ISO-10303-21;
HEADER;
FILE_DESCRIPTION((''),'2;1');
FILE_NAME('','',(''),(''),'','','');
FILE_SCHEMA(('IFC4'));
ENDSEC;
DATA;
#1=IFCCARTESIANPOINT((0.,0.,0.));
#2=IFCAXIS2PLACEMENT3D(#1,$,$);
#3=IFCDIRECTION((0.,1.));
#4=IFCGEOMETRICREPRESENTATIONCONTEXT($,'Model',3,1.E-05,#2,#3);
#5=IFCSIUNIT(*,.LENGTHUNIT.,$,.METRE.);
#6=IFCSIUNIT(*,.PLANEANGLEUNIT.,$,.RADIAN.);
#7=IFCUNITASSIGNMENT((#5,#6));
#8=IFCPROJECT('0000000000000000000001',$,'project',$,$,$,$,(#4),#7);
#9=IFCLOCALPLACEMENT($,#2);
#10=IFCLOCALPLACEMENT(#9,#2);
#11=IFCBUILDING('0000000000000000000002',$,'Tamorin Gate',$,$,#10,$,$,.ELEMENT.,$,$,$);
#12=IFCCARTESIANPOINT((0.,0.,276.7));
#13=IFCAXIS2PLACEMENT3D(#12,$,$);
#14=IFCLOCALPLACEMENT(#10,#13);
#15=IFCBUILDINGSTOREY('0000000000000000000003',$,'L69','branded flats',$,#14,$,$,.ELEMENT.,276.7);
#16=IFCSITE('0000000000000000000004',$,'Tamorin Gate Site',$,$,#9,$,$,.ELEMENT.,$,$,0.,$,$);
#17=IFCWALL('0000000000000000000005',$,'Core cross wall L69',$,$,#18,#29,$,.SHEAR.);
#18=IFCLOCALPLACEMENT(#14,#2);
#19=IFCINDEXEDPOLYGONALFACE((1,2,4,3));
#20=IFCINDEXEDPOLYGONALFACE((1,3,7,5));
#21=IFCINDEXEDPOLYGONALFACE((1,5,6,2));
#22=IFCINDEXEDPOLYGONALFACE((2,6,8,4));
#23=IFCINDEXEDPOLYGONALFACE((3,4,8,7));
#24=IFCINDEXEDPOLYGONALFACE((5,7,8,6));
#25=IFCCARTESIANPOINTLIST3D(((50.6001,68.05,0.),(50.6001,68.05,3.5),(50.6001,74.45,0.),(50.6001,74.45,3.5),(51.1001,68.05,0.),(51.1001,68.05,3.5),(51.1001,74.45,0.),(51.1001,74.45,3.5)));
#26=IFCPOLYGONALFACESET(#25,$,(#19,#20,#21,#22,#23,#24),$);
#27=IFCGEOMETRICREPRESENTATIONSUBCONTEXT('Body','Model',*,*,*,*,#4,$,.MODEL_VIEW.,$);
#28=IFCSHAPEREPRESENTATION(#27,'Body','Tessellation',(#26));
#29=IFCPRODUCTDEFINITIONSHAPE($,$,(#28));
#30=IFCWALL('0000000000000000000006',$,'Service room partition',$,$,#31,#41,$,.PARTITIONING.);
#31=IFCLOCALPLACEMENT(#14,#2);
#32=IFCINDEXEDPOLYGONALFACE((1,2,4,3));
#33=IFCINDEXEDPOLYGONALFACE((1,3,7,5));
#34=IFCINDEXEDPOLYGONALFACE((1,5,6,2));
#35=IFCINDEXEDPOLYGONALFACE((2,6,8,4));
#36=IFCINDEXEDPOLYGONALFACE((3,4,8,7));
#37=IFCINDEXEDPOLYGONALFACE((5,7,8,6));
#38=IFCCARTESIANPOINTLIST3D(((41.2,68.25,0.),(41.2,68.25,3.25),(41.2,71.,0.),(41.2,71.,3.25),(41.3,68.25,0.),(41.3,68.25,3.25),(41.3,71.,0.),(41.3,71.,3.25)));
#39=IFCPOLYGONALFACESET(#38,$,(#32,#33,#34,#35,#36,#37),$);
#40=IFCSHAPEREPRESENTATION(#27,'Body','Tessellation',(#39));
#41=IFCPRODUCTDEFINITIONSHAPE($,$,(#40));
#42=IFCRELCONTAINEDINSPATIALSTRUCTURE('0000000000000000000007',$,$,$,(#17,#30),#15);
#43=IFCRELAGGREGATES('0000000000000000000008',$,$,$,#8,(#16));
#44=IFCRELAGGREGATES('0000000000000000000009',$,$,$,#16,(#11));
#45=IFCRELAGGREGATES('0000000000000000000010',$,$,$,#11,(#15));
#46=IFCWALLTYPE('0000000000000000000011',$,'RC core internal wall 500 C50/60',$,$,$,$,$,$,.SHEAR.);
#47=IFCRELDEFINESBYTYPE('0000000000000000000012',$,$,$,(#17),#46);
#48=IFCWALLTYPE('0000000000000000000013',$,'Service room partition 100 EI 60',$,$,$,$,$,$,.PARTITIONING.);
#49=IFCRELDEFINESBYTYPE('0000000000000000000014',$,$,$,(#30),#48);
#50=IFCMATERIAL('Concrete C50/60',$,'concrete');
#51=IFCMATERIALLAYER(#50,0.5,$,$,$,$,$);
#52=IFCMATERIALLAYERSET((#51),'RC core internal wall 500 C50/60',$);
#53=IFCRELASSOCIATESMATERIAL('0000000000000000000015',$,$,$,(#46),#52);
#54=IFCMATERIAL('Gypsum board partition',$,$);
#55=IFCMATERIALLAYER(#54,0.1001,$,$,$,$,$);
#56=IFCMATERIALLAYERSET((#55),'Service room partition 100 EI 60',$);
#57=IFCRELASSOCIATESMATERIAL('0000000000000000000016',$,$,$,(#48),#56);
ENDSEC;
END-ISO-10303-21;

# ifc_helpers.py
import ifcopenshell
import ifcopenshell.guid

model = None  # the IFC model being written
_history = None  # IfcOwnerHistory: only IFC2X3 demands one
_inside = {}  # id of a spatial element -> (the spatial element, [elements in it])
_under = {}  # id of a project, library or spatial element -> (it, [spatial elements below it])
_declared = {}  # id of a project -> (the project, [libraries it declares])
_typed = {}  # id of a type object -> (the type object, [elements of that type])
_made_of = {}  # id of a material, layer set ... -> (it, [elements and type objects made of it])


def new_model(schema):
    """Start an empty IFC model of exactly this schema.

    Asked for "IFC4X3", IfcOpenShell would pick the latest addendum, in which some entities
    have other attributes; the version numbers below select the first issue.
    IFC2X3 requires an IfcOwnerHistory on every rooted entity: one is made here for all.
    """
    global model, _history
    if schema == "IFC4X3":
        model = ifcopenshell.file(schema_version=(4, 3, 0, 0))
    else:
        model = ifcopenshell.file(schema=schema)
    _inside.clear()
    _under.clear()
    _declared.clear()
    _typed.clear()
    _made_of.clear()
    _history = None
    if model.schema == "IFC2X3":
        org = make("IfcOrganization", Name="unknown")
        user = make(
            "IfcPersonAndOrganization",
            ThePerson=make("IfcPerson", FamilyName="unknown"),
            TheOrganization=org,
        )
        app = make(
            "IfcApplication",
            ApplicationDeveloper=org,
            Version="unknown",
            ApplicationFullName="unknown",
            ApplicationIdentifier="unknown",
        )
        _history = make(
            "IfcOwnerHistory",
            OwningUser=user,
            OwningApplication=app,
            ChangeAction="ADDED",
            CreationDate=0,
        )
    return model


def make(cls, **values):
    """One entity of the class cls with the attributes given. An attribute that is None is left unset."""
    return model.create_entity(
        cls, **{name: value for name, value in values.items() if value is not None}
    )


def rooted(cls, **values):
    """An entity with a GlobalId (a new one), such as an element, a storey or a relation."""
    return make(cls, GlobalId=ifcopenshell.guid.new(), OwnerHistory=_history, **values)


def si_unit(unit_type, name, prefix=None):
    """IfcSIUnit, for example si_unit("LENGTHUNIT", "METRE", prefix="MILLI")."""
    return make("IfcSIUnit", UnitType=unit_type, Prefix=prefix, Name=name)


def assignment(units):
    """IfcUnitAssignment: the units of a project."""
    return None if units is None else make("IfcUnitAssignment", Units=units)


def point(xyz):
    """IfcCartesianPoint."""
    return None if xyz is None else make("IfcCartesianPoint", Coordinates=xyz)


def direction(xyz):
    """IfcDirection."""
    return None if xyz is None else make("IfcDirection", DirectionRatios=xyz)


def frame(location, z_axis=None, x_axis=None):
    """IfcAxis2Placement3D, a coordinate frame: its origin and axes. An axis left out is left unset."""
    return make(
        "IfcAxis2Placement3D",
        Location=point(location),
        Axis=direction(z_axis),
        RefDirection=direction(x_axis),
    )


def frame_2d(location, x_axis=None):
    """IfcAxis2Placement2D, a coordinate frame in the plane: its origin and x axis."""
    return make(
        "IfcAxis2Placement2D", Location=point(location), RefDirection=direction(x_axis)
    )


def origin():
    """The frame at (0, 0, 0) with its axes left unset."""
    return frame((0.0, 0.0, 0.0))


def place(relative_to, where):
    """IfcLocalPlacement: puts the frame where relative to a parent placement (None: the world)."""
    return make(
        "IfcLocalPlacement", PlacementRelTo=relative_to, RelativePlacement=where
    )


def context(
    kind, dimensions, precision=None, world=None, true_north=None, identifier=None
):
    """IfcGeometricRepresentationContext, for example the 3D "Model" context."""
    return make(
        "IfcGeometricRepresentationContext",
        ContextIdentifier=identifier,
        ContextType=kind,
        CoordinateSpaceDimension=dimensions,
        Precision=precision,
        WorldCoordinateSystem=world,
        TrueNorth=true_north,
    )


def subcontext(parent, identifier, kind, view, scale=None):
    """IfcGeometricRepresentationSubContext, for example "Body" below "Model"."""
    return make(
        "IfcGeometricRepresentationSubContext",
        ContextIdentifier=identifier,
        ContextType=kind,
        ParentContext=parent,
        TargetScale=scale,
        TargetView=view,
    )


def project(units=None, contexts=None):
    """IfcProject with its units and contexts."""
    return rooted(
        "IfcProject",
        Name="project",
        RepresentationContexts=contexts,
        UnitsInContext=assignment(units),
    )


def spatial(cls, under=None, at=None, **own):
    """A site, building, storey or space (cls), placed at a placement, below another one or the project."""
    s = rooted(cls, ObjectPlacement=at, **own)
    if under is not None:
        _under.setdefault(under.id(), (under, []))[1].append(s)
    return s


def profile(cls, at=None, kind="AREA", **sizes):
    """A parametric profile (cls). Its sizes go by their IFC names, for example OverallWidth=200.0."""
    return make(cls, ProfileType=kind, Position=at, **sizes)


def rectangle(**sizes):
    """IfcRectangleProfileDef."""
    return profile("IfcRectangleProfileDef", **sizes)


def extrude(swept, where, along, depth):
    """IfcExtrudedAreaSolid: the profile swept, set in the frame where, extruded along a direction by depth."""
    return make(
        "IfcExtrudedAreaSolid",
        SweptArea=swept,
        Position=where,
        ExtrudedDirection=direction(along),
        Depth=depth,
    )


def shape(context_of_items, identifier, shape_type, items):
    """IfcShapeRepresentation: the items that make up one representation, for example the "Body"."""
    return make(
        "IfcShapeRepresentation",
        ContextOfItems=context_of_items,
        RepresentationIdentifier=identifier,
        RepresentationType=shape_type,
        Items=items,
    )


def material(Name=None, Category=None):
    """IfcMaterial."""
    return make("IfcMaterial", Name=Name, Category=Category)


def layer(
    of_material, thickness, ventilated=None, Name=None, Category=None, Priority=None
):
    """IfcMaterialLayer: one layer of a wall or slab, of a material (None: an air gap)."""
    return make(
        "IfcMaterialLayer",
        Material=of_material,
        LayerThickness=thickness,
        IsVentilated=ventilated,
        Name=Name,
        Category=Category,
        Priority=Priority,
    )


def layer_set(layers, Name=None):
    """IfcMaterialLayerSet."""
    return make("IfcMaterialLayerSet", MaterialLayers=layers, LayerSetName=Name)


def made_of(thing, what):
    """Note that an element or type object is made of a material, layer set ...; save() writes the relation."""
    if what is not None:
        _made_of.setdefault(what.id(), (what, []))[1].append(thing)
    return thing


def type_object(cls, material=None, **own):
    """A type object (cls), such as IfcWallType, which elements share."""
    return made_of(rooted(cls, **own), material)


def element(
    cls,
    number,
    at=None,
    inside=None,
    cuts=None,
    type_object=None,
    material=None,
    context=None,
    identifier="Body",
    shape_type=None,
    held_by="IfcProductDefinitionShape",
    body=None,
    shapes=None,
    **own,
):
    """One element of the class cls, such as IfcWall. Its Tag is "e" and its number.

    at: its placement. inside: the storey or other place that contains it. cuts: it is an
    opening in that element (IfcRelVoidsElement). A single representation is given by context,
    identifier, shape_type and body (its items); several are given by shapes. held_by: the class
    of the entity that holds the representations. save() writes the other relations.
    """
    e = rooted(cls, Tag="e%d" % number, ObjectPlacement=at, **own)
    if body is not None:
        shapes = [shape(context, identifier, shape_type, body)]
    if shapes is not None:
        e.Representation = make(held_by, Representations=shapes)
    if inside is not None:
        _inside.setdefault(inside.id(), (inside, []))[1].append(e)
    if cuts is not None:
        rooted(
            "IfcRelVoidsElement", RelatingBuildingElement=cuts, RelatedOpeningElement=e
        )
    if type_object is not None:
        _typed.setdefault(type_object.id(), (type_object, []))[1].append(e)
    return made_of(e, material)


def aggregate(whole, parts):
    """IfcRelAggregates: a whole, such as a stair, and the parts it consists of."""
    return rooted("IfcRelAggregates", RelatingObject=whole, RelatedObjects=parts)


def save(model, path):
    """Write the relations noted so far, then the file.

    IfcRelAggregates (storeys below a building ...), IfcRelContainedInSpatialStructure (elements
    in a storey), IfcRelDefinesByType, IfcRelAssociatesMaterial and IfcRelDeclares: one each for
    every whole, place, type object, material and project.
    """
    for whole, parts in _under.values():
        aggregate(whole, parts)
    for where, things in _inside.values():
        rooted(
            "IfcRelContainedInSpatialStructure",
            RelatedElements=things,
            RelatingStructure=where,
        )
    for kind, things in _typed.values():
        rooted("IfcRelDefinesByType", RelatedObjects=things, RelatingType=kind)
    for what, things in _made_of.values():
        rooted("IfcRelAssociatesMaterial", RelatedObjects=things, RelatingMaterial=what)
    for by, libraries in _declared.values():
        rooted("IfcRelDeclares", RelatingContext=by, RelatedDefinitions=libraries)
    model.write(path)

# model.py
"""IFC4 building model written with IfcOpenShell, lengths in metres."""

from ifc_helpers import new_model, si_unit, direction, frame, frame_2d, origin, place, context, subcontext, project, spatial, rectangle, extrude, material, layer, layer_set, type_object, element, save


model = new_model("IFC4")

# Units and contexts
model_context = context("Model", 3, precision=1e-05, world=origin(), true_north=direction((0.0, 1.0)))
body_context = subcontext(model_context, "Body", "Model", "MODEL_VIEW")
ifc_project = project(units=[si_unit("LENGTHUNIT", "METRE"), si_unit("PLANEANGLEUNIT", "RADIAN")], contexts=[model_context])

# Site, building, storey
site_placement = place(None, origin())
site = spatial("IfcSite", under=ifc_project, at=site_placement, Name="Tamorin Gate Site", CompositionType="ELEMENT", RefElevation=0.0)
building_placement = place(site_placement, origin())
building = spatial("IfcBuilding", under=site, at=building_placement, Name="Tamorin Gate", CompositionType="ELEMENT")
storey_placement = place(building_placement, frame((0.0, 0.0, 276.7)))
storey = spatial("IfcBuildingStorey", under=building, at=storey_placement, Name="L69", Description="branded flats", CompositionType="ELEMENT", Elevation=276.7)

# Shared definitions
ifc_material_1 = material(Name="Concrete C50/60", Category="concrete")

# Walls
ifc_layer_1 = layer(ifc_material_1, 0.5)
ifc_layer_set_1 = layer_set([ifc_layer_1], Name="RC core internal wall 500 C50/60")
wall_type_1 = type_object("IfcWallType", Name="RC core internal wall 500 C50/60", PredefinedType="SHEAR", material=ifc_layer_set_1)
wall_1_placement = place(storey_placement, frame((50.8501, 68.05, 0.0), z_axis=(0.0, 0.0, 1.0), x_axis=(0.0, 1.0, 0.0)))
element("IfcWall", 1, at=wall_1_placement, inside=storey, type_object=wall_type_1, Name="Core cross wall L69", PredefinedType="SHEAR", context=body_context, shape_type="SweptSolid", body=[
    extrude(rectangle(XDim=6.3999, YDim=0.5, at=frame_2d((3.2, 0.0))), origin(), (0.0, 0.0, 1.0), 3.5),
])
ifc_material_2 = material(Name="Gypsum board partition")
ifc_layer_2 = layer(ifc_material_2, 0.1001)
ifc_layer_set_2 = layer_set([ifc_layer_2], Name="Service room partition 100 EI 60")
wall_type_2 = type_object("IfcWallType", Name="Service room partition 100 EI 60", PredefinedType="PARTITIONING", material=ifc_layer_set_2)
wall_2_placement = place(storey_placement, frame((41.25, 68.25, 0.0), z_axis=(0.0, 0.0, 1.0), x_axis=(0.0, 1.0, 0.0)))
element("IfcWall", 2, at=wall_2_placement, inside=storey, type_object=wall_type_2, Name="Service room partition", PredefinedType="PARTITIONING", context=body_context, shape_type="SweptSolid", body=[
    extrude(rectangle(XDim=2.75, YDim=0.1001, at=frame_2d((1.375, 0.0))), origin(), (0.0, 0.0, 1.0), 3.25),
])

save(model, "model.ifc")
